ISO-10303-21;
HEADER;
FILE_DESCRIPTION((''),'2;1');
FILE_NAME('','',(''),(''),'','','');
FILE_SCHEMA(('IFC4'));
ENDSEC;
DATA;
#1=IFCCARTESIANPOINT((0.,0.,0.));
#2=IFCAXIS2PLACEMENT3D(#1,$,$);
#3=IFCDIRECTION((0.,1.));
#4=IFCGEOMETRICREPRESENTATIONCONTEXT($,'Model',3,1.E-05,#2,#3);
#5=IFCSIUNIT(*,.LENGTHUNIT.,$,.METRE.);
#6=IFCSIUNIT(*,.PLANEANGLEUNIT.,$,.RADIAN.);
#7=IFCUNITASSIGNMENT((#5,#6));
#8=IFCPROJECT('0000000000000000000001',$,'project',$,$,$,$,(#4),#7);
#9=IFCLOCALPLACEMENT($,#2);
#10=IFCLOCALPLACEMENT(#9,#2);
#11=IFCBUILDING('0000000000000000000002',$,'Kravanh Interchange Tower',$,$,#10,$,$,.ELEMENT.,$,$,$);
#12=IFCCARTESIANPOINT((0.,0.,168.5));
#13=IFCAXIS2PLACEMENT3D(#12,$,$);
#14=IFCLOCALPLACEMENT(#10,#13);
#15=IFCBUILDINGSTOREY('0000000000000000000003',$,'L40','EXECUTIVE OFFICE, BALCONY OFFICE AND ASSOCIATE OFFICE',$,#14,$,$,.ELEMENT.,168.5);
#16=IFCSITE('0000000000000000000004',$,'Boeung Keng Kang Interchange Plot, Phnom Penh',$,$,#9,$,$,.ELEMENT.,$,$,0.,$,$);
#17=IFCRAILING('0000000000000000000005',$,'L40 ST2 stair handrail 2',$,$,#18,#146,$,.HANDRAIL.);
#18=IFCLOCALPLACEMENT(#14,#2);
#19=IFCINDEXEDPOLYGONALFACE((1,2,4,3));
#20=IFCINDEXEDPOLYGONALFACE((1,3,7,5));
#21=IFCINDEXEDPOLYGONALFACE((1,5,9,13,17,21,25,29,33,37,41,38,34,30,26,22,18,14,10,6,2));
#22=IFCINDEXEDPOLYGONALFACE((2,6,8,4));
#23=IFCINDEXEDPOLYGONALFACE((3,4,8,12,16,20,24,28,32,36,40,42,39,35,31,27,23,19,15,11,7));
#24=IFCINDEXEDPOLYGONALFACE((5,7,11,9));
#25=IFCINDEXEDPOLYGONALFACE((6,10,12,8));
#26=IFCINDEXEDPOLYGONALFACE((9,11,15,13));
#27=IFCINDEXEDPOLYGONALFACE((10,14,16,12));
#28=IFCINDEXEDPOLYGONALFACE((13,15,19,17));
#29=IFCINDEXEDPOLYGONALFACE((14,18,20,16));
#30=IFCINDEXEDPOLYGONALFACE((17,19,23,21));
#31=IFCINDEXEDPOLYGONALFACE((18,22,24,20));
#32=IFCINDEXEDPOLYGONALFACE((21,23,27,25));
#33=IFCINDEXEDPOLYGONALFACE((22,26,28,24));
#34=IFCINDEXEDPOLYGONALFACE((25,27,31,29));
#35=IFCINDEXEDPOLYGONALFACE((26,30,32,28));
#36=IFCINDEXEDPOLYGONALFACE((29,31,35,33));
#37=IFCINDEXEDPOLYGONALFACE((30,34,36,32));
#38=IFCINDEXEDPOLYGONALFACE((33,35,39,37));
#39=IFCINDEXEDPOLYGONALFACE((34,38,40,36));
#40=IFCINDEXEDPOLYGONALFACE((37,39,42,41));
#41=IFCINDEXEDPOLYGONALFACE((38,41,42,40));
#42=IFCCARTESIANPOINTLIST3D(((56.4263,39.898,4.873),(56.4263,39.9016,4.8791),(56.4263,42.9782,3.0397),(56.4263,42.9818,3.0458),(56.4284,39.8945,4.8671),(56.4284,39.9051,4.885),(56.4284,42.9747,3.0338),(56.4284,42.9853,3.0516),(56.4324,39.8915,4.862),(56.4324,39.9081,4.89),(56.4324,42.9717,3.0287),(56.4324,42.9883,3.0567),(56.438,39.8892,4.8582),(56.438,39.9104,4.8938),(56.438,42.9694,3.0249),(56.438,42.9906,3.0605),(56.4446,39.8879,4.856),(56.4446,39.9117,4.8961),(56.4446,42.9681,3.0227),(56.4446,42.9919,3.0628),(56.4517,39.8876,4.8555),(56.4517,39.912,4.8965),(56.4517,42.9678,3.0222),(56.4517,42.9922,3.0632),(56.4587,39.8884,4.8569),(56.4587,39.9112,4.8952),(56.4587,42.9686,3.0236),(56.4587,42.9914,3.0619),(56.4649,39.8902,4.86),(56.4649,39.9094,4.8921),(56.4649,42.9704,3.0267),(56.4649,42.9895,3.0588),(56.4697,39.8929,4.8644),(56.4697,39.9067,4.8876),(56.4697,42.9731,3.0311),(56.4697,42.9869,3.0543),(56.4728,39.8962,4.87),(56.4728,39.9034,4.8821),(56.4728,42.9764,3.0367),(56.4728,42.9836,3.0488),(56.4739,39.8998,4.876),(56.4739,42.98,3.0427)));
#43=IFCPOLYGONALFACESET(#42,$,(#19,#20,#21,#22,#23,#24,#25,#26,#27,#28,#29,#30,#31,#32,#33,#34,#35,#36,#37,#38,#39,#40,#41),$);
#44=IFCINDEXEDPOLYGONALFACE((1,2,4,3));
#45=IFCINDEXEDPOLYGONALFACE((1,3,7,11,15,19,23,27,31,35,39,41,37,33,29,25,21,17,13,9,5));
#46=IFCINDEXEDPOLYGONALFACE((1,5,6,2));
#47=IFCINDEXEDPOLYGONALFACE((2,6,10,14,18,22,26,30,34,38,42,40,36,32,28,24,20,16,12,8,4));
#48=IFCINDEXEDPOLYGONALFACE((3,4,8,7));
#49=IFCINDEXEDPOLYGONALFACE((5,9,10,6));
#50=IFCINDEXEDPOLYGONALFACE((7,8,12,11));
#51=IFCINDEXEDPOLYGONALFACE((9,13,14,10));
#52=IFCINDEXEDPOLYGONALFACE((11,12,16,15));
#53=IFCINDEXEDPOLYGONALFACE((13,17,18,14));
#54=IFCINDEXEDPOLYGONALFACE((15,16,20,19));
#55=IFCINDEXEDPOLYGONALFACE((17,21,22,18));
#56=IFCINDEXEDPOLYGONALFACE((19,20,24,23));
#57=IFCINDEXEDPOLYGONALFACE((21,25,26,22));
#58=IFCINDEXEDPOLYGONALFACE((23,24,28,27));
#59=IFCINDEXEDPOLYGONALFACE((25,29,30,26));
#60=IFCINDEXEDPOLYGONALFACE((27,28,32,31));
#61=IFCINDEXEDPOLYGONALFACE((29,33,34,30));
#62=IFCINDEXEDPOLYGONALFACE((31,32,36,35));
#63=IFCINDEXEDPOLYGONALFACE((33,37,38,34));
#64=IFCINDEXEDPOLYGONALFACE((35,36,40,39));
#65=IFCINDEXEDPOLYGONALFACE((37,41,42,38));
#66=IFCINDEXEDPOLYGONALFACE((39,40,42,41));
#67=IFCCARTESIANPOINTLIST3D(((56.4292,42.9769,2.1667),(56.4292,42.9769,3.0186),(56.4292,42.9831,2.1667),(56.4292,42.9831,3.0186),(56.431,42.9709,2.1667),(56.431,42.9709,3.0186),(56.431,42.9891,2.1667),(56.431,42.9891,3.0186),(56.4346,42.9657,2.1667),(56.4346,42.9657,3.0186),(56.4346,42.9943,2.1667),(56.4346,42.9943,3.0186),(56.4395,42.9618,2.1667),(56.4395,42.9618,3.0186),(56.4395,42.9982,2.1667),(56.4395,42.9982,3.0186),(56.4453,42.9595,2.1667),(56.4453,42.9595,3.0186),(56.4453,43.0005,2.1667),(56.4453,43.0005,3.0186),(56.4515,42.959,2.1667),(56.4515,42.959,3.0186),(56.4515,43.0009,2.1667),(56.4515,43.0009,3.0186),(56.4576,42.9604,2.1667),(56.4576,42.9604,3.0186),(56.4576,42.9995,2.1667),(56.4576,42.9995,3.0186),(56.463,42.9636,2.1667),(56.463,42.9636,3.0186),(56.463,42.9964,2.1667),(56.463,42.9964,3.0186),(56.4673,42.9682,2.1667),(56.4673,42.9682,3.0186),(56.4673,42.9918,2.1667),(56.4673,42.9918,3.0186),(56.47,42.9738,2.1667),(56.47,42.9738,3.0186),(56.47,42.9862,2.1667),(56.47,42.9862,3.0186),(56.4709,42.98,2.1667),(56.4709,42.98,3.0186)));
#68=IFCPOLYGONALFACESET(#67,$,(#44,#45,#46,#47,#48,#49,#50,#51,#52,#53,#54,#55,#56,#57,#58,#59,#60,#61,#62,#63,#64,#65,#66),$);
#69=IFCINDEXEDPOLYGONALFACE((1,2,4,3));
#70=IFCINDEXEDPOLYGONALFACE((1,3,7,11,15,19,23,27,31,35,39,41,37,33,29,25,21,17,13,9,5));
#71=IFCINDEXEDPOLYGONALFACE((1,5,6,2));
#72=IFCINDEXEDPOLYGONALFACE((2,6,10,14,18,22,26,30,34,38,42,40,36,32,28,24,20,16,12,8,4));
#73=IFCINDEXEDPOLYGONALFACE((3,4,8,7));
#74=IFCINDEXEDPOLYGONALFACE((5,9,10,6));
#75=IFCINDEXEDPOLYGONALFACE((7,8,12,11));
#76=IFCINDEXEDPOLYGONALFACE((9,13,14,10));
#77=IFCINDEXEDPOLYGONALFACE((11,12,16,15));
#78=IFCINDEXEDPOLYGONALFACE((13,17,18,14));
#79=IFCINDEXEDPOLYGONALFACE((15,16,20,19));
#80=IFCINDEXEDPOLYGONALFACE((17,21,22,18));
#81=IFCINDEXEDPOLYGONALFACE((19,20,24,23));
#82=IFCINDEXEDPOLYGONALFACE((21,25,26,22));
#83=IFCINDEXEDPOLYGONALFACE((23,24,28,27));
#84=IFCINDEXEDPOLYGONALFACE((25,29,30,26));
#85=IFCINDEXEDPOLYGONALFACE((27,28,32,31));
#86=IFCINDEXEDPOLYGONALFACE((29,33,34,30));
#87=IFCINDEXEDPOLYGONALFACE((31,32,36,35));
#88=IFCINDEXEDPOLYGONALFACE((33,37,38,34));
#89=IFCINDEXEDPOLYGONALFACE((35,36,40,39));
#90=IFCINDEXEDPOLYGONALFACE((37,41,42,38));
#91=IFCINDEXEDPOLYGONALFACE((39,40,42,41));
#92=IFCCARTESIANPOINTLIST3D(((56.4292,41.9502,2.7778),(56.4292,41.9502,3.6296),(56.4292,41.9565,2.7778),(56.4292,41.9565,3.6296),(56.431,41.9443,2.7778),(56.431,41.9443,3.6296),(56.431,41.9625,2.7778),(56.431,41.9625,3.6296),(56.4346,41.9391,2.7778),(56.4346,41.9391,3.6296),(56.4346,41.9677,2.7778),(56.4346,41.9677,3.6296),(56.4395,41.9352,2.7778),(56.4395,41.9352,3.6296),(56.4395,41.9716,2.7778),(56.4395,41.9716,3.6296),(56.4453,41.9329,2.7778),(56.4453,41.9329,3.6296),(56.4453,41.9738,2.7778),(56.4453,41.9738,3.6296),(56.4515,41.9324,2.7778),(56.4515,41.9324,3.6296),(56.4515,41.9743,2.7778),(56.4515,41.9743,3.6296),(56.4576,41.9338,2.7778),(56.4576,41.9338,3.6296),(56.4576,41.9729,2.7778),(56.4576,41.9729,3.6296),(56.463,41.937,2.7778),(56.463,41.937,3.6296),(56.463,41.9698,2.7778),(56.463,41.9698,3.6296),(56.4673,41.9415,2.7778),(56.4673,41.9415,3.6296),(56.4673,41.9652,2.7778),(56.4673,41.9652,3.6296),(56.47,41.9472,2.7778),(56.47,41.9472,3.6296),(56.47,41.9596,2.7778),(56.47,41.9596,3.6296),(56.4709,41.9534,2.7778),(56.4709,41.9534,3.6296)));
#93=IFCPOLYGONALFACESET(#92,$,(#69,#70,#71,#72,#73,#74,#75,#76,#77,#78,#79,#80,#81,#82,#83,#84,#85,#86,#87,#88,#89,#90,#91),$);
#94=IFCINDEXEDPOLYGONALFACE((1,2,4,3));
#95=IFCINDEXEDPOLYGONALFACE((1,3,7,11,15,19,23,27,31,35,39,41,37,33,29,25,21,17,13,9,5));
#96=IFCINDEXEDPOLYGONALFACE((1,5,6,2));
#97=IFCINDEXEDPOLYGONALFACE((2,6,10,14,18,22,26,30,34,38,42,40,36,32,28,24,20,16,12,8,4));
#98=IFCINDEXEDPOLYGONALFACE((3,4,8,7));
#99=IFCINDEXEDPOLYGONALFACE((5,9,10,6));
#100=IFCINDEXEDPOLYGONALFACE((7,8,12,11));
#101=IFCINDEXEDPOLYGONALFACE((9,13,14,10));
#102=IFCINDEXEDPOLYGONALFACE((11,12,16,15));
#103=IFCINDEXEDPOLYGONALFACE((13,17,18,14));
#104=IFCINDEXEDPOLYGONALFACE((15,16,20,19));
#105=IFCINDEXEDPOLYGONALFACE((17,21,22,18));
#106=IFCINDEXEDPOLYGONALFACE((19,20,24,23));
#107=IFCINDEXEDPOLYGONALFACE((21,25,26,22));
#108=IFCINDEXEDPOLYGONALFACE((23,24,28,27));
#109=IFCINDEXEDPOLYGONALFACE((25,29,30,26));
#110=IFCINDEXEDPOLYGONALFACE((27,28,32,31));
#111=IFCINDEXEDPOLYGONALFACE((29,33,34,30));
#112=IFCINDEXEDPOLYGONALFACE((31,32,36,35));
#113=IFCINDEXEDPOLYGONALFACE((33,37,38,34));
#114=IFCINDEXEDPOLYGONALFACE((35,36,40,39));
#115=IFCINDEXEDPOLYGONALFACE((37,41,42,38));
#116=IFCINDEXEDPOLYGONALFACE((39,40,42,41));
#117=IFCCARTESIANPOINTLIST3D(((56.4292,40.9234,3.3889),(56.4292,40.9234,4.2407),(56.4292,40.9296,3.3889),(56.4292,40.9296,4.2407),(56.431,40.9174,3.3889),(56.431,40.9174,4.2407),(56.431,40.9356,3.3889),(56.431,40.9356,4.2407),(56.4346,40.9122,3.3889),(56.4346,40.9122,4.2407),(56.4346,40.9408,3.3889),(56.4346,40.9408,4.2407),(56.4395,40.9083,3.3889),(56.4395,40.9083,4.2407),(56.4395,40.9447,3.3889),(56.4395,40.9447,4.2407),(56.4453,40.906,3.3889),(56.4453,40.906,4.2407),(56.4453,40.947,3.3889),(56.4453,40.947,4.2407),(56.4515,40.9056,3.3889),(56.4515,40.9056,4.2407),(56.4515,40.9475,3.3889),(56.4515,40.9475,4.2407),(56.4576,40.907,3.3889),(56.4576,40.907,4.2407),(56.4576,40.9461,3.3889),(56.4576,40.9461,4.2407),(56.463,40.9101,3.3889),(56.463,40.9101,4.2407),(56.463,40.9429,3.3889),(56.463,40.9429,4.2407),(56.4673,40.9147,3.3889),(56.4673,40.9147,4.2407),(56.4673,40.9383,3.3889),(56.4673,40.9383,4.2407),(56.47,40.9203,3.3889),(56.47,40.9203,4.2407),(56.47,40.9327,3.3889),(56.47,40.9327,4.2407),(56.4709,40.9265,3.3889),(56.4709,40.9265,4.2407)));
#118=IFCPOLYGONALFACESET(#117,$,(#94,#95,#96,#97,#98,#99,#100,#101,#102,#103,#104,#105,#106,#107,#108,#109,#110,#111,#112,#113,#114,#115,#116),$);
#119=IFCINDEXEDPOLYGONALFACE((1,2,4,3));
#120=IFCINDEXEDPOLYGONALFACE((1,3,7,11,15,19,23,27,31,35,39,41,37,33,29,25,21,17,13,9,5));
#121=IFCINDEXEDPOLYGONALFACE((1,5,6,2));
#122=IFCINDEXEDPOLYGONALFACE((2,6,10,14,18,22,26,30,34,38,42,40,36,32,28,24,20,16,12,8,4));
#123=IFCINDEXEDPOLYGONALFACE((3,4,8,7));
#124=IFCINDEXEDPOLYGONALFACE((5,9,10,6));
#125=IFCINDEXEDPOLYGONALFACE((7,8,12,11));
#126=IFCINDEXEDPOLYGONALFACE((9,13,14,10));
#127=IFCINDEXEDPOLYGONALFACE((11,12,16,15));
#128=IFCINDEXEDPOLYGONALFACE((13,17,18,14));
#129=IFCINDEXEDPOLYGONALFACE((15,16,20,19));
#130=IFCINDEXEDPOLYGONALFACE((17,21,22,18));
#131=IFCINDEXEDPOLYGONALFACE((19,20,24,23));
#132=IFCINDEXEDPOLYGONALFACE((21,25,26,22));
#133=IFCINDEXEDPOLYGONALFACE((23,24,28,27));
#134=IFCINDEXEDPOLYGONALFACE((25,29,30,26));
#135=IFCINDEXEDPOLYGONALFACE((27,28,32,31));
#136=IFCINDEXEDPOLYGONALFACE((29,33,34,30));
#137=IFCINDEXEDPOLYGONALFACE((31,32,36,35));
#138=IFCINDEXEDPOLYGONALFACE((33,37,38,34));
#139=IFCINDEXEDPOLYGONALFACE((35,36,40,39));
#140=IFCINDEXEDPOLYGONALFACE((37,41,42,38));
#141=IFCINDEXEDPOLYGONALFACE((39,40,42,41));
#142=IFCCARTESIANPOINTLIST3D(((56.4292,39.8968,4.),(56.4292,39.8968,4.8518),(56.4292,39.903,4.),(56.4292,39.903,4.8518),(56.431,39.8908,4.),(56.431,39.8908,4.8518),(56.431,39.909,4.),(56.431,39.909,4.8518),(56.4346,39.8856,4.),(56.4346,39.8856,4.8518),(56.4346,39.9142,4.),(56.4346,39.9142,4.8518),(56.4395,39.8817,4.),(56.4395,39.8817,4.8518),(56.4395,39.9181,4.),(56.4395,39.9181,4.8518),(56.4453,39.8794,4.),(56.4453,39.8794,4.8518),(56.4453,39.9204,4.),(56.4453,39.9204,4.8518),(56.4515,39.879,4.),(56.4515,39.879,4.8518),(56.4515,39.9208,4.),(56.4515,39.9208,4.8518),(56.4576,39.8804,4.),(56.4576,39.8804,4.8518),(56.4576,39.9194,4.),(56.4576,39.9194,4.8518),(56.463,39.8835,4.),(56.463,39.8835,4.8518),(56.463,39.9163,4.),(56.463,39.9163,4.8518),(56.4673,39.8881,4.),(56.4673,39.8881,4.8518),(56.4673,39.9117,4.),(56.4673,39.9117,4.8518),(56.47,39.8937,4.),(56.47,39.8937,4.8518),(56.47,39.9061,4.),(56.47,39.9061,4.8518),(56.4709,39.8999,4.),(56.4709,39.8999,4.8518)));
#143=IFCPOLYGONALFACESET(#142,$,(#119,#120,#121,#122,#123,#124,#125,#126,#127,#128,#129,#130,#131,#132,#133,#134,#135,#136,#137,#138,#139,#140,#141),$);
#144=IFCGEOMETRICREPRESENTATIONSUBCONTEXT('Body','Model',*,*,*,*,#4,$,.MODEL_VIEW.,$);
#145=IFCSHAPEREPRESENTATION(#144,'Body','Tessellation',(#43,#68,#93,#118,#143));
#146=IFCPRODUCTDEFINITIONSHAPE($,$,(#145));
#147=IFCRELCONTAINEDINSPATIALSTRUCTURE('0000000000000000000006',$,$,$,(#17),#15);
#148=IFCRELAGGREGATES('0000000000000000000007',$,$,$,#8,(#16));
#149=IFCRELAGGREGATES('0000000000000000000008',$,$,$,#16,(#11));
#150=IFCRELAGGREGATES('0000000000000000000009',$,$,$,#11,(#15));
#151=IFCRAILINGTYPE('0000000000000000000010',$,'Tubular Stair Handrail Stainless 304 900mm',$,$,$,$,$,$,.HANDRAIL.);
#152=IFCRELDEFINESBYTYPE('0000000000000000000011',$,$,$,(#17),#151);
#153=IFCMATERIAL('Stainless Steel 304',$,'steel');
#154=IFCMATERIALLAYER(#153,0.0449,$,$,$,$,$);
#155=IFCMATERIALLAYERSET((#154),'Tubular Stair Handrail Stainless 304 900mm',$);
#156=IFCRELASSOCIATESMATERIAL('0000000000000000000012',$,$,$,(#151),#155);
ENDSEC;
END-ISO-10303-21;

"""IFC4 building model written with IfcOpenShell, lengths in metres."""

from ifc_helpers import new_model, si_unit, direction, frame, origin, origin_2d, place, context, subcontext, project, spatial, circle, extrude, material, layer, layer_set, type_object, element, save


model = new_model("IFC4")

# Units and contexts
model_context = context("Model", 3, precision=1e-05, world=origin(), true_north=direction((0.0, 1.0)))
body_context = subcontext(model_context, "Body", "Model", "MODEL_VIEW")
ifc_project = project(units=[si_unit("LENGTHUNIT", "METRE"), si_unit("PLANEANGLEUNIT", "RADIAN")], contexts=[model_context])

# Site, building, storey
site_placement = place(None, origin())
site = spatial("IfcSite", under=ifc_project, at=site_placement, Name="Boeung Keng Kang Interchange Plot, Phnom Penh", CompositionType="ELEMENT", RefElevation=0.0)
building_placement = place(site_placement, origin())
building = spatial("IfcBuilding", under=site, at=building_placement, Name="Kravanh Interchange Tower", CompositionType="ELEMENT")
storey_placement = place(building_placement, frame((0.0, 0.0, 168.5)))
storey = spatial("IfcBuildingStorey", under=building, at=storey_placement, Name="L40", Description="EXECUTIVE OFFICE, BALCONY OFFICE AND ASSOCIATE OFFICE", CompositionType="ELEMENT", Elevation=168.5)

# Railing
ifc_material_1 = material(Name="Stainless Steel 304", Category="steel")
ifc_layer_1 = layer(ifc_material_1, 0.0449)
ifc_layer_set_1 = layer_set([ifc_layer_1], Name="Tubular Stair Handrail Stainless 304 900mm")
railing_type_1 = type_object("IfcRailingType", Name="Tubular Stair Handrail Stainless 304 900mm", PredefinedType="HANDRAIL", material=ifc_layer_set_1)
railing_1_placement = place(storey_placement, frame((56.45, 42.98, 2.1667)))
element("IfcRailing", 1, at=railing_1_placement, inside=storey, type_object=railing_type_1, Name="L40 ST2 stair handrail 2", PredefinedType="HANDRAIL", context=body_context, shape_type="SweptSolid", body=[
    extrude(circle(Radius=0.0239, at=origin_2d()), frame((0.0, 0.0, 0.876), z_axis=(0.0, -0.859309, 0.511458), x_axis=(1.0, 0.0, 0.0)), (0.0, 0.0, 1.0), 3.5845),
    extrude(circle(Radius=0.021, at=origin_2d()), origin(), (0.0, 0.0, 1.0), 0.8518),
    extrude(circle(Radius=0.021, at=origin_2d()), frame((0.0, -1.0266, 0.6111)), (0.0, 0.0, 1.0), 0.8518),
    extrude(circle(Radius=0.021, at=origin_2d()), frame((0.0, -2.0535, 1.2222)), (0.0, 0.0, 1.0), 0.8518),
    extrude(circle(Radius=0.021, at=origin_2d()), frame((0.0, -3.0801, 1.8333)), (0.0, 0.0, 1.0), 0.8518),
])

save(model, "model.ifc")
